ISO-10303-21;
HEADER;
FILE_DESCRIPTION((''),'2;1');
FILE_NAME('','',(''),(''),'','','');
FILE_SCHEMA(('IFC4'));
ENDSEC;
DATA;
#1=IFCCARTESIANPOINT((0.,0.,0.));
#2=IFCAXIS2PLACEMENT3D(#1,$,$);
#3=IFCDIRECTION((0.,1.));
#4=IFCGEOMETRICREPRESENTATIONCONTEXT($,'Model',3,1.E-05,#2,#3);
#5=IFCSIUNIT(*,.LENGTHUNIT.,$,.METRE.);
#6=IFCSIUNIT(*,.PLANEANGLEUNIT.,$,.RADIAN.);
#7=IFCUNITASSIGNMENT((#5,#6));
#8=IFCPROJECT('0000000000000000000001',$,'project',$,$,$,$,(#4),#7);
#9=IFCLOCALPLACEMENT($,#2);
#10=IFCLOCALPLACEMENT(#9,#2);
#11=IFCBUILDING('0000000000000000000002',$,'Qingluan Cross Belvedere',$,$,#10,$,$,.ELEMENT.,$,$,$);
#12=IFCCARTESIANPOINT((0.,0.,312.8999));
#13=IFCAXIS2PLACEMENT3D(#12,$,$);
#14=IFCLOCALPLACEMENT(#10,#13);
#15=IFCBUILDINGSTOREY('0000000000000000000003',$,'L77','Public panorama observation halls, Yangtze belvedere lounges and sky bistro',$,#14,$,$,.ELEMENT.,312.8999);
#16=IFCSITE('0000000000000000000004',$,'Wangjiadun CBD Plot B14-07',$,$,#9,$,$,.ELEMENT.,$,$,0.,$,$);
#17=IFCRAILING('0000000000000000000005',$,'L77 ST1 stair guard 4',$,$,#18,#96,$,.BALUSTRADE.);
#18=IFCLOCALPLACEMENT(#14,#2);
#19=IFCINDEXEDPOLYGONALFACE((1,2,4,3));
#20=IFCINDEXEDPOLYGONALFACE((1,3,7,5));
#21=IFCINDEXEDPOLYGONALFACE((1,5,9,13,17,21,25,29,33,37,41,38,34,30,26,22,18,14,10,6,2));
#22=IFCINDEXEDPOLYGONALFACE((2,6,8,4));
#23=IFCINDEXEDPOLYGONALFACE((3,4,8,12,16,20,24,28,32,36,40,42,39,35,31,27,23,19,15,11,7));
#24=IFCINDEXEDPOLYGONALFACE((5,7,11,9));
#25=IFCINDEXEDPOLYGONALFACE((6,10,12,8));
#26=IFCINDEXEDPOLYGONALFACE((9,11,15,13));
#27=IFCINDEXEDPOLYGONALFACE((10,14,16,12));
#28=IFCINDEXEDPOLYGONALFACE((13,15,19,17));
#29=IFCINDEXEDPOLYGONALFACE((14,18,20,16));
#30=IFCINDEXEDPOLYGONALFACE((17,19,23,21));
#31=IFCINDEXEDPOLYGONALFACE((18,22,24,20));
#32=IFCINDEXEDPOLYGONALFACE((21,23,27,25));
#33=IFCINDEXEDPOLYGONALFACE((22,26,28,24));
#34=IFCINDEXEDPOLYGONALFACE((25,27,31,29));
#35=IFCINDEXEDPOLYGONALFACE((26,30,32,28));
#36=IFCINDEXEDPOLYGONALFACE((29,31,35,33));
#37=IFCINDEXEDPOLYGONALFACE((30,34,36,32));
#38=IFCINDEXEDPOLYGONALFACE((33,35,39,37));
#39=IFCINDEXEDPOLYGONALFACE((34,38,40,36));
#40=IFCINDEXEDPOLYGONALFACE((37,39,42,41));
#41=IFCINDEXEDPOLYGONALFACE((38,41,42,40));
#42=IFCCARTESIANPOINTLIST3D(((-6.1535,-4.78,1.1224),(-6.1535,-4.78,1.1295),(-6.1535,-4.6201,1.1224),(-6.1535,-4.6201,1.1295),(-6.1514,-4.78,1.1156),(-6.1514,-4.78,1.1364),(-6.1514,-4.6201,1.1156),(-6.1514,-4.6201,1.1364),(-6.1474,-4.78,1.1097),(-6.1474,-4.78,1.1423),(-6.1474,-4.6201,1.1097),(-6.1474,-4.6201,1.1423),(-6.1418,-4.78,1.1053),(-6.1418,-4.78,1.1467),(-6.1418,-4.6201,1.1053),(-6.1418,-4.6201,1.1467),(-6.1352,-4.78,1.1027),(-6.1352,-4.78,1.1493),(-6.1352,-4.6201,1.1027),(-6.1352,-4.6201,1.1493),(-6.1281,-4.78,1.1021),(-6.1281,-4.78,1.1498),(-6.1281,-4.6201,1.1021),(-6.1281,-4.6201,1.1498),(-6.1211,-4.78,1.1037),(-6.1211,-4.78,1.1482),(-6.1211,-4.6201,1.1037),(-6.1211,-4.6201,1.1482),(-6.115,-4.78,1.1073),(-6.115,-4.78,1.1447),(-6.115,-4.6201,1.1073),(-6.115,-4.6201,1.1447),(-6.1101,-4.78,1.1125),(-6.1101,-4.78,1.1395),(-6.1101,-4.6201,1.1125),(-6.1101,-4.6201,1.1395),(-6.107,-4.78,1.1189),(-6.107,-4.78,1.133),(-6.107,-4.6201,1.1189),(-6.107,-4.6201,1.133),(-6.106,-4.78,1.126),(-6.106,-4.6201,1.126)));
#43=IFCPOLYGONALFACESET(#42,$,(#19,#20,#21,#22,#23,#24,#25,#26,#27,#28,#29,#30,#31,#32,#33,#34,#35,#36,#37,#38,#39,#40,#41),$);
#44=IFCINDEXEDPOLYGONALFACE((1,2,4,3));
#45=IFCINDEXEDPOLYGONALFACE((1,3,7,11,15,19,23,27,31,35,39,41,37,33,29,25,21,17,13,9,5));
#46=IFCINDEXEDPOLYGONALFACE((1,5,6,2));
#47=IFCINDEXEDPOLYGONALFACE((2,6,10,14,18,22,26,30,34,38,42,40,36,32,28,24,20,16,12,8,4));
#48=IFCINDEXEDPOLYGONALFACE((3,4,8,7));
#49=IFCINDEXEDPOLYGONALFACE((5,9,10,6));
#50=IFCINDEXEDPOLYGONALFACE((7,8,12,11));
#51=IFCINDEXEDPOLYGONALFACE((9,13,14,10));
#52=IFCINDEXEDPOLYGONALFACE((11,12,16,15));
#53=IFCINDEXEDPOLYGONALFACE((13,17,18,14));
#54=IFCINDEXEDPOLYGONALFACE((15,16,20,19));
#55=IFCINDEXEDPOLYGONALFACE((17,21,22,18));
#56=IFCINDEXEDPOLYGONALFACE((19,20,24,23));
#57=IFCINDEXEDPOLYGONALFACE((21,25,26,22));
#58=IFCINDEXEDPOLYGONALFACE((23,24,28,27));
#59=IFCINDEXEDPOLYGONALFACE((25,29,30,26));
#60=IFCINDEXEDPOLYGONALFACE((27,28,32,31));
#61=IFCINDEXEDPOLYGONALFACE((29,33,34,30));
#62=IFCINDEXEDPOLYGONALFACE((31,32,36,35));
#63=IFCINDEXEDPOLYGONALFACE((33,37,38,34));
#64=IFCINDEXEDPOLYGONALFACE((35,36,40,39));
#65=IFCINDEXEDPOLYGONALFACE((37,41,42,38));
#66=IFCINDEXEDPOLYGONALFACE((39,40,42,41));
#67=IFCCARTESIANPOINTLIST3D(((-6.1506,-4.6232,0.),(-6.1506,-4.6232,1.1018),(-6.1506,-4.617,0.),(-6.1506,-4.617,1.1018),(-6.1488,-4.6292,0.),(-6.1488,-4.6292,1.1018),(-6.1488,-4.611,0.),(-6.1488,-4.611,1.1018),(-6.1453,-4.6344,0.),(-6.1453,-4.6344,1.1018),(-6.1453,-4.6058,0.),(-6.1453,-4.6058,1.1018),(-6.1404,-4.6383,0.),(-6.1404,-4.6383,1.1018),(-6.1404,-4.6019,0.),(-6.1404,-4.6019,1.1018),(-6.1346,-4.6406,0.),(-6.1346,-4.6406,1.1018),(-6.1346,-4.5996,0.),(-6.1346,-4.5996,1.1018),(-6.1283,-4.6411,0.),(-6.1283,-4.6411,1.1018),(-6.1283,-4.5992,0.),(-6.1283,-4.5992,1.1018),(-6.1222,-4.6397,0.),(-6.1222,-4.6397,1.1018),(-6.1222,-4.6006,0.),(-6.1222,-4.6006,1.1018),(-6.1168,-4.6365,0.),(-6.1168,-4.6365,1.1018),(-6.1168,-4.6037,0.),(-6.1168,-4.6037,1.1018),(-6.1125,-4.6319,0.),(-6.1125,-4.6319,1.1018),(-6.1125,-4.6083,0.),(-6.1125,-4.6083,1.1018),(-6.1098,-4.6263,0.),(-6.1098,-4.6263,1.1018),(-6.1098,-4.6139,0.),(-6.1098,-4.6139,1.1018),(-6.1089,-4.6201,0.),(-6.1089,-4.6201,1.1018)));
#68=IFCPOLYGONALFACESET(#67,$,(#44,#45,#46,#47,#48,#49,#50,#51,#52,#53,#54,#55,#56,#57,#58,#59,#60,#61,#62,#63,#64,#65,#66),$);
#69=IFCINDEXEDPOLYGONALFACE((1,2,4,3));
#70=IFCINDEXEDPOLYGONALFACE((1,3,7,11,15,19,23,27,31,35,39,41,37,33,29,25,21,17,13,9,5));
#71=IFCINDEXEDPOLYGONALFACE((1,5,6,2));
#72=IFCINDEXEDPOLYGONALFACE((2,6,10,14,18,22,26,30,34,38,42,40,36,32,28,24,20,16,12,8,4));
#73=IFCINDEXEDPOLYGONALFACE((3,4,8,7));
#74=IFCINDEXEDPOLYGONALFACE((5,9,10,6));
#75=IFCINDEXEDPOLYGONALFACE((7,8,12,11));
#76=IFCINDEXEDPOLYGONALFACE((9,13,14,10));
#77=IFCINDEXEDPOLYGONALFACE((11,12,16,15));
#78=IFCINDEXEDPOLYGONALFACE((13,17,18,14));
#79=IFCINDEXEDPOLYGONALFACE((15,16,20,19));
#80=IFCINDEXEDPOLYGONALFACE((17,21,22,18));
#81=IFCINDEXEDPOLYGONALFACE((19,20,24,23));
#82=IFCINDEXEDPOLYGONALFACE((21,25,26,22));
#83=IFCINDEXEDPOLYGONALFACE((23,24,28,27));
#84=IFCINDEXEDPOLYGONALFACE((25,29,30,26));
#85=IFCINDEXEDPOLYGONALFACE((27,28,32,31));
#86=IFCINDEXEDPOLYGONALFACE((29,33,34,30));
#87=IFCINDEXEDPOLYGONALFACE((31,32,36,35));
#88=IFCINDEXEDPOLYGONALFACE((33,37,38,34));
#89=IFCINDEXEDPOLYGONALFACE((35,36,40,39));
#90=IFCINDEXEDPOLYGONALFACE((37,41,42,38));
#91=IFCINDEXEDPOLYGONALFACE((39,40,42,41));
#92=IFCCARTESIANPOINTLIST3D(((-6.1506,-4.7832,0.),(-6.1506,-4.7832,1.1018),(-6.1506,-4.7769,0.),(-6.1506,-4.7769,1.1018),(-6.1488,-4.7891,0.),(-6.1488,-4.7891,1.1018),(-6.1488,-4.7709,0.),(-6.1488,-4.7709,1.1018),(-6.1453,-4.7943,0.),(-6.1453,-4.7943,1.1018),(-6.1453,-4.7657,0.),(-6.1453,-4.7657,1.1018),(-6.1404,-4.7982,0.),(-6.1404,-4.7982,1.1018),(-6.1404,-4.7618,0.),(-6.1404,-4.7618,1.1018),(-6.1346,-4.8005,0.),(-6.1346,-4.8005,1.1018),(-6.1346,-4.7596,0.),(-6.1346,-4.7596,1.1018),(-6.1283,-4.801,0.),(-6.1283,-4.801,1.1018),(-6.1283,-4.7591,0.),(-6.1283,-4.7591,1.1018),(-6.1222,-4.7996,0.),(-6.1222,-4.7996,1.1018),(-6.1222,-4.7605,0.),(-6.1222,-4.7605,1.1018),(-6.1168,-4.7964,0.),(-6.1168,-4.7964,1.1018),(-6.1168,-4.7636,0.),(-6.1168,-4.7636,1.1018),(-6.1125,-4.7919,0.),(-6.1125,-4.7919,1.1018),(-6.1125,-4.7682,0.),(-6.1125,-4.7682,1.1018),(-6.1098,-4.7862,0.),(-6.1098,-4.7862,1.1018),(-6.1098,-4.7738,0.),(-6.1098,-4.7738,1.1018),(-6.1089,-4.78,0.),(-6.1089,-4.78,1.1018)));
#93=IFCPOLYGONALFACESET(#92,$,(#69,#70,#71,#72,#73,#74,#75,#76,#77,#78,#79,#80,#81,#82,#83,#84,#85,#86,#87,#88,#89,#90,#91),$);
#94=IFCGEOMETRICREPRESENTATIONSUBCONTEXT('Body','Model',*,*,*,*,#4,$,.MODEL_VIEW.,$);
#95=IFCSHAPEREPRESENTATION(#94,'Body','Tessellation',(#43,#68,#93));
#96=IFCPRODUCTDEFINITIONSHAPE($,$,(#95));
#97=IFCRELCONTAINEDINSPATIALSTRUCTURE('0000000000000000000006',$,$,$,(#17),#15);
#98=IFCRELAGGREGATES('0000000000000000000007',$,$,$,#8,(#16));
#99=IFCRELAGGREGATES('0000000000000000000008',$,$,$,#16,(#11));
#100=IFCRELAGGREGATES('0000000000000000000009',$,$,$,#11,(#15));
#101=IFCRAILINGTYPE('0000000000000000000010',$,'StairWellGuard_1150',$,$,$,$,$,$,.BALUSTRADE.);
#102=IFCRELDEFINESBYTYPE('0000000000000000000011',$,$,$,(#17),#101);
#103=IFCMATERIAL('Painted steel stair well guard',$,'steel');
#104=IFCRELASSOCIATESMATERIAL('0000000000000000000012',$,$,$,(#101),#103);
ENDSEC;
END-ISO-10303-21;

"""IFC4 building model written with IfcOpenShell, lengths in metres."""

from ifc_helpers import new_model, si_unit, direction, frame, origin, origin_2d, place, context, subcontext, project, spatial, circle, extrude, material, type_object, element, save


model = new_model("IFC4")

# Units and contexts
model_context = context("Model", 3, precision=1e-05, world=origin(), true_north=direction((0.0, 1.0)))
body_context = subcontext(model_context, "Body", "Model", "MODEL_VIEW")
ifc_project = project(units=[si_unit("LENGTHUNIT", "METRE"), si_unit("PLANEANGLEUNIT", "RADIAN")], contexts=[model_context])

# Site, building, storey
site_placement = place(None, origin())
site = spatial("IfcSite", under=ifc_project, at=site_placement, Name="Wangjiadun CBD Plot B14-07", CompositionType="ELEMENT", RefElevation=0.0)
building_placement = place(site_placement, origin())
building = spatial("IfcBuilding", under=site, at=building_placement, Name="Qingluan Cross Belvedere", CompositionType="ELEMENT")
storey_placement = place(building_placement, frame((0.0, 0.0, 312.8999)))
storey = spatial("IfcBuildingStorey", under=building, at=storey_placement, Name="L77", Description="Public panorama observation halls, Yangtze belvedere lounges and sky bistro", CompositionType="ELEMENT", Elevation=312.8999)

# Railing
ifc_material_1 = material(Name="Painted steel stair well guard", Category="steel")
railing_type_1 = type_object("IfcRailingType", Name="StairWellGuard_1150", PredefinedType="BALUSTRADE", material=ifc_material_1)
railing_1_placement = place(storey_placement, frame((-6.1299, -4.6201, 0.0)))
element("IfcRailing", 1, at=railing_1_placement, inside=storey, type_object=railing_type_1, Name="L77 ST1 stair guard 4", PredefinedType="BALUSTRADE", context=body_context, shape_type="SweptSolid", body=[
    extrude(circle(Radius=0.0239, at=origin_2d()), frame((0.0, 0.0, 1.126), z_axis=(0.0, -1.0, 0.0), x_axis=(1.0, 0.0, 0.0)), (0.0, 0.0, 1.0), 0.1599),
    extrude(circle(Radius=0.021, at=origin_2d()), origin(), (0.0, 0.0, 1.0), 1.1018),
    extrude(circle(Radius=0.021, at=origin_2d()), frame((0.0, -0.1599, 0.0)), (0.0, 0.0, 1.0), 1.1018),
])

save(model, "model.ifc")
